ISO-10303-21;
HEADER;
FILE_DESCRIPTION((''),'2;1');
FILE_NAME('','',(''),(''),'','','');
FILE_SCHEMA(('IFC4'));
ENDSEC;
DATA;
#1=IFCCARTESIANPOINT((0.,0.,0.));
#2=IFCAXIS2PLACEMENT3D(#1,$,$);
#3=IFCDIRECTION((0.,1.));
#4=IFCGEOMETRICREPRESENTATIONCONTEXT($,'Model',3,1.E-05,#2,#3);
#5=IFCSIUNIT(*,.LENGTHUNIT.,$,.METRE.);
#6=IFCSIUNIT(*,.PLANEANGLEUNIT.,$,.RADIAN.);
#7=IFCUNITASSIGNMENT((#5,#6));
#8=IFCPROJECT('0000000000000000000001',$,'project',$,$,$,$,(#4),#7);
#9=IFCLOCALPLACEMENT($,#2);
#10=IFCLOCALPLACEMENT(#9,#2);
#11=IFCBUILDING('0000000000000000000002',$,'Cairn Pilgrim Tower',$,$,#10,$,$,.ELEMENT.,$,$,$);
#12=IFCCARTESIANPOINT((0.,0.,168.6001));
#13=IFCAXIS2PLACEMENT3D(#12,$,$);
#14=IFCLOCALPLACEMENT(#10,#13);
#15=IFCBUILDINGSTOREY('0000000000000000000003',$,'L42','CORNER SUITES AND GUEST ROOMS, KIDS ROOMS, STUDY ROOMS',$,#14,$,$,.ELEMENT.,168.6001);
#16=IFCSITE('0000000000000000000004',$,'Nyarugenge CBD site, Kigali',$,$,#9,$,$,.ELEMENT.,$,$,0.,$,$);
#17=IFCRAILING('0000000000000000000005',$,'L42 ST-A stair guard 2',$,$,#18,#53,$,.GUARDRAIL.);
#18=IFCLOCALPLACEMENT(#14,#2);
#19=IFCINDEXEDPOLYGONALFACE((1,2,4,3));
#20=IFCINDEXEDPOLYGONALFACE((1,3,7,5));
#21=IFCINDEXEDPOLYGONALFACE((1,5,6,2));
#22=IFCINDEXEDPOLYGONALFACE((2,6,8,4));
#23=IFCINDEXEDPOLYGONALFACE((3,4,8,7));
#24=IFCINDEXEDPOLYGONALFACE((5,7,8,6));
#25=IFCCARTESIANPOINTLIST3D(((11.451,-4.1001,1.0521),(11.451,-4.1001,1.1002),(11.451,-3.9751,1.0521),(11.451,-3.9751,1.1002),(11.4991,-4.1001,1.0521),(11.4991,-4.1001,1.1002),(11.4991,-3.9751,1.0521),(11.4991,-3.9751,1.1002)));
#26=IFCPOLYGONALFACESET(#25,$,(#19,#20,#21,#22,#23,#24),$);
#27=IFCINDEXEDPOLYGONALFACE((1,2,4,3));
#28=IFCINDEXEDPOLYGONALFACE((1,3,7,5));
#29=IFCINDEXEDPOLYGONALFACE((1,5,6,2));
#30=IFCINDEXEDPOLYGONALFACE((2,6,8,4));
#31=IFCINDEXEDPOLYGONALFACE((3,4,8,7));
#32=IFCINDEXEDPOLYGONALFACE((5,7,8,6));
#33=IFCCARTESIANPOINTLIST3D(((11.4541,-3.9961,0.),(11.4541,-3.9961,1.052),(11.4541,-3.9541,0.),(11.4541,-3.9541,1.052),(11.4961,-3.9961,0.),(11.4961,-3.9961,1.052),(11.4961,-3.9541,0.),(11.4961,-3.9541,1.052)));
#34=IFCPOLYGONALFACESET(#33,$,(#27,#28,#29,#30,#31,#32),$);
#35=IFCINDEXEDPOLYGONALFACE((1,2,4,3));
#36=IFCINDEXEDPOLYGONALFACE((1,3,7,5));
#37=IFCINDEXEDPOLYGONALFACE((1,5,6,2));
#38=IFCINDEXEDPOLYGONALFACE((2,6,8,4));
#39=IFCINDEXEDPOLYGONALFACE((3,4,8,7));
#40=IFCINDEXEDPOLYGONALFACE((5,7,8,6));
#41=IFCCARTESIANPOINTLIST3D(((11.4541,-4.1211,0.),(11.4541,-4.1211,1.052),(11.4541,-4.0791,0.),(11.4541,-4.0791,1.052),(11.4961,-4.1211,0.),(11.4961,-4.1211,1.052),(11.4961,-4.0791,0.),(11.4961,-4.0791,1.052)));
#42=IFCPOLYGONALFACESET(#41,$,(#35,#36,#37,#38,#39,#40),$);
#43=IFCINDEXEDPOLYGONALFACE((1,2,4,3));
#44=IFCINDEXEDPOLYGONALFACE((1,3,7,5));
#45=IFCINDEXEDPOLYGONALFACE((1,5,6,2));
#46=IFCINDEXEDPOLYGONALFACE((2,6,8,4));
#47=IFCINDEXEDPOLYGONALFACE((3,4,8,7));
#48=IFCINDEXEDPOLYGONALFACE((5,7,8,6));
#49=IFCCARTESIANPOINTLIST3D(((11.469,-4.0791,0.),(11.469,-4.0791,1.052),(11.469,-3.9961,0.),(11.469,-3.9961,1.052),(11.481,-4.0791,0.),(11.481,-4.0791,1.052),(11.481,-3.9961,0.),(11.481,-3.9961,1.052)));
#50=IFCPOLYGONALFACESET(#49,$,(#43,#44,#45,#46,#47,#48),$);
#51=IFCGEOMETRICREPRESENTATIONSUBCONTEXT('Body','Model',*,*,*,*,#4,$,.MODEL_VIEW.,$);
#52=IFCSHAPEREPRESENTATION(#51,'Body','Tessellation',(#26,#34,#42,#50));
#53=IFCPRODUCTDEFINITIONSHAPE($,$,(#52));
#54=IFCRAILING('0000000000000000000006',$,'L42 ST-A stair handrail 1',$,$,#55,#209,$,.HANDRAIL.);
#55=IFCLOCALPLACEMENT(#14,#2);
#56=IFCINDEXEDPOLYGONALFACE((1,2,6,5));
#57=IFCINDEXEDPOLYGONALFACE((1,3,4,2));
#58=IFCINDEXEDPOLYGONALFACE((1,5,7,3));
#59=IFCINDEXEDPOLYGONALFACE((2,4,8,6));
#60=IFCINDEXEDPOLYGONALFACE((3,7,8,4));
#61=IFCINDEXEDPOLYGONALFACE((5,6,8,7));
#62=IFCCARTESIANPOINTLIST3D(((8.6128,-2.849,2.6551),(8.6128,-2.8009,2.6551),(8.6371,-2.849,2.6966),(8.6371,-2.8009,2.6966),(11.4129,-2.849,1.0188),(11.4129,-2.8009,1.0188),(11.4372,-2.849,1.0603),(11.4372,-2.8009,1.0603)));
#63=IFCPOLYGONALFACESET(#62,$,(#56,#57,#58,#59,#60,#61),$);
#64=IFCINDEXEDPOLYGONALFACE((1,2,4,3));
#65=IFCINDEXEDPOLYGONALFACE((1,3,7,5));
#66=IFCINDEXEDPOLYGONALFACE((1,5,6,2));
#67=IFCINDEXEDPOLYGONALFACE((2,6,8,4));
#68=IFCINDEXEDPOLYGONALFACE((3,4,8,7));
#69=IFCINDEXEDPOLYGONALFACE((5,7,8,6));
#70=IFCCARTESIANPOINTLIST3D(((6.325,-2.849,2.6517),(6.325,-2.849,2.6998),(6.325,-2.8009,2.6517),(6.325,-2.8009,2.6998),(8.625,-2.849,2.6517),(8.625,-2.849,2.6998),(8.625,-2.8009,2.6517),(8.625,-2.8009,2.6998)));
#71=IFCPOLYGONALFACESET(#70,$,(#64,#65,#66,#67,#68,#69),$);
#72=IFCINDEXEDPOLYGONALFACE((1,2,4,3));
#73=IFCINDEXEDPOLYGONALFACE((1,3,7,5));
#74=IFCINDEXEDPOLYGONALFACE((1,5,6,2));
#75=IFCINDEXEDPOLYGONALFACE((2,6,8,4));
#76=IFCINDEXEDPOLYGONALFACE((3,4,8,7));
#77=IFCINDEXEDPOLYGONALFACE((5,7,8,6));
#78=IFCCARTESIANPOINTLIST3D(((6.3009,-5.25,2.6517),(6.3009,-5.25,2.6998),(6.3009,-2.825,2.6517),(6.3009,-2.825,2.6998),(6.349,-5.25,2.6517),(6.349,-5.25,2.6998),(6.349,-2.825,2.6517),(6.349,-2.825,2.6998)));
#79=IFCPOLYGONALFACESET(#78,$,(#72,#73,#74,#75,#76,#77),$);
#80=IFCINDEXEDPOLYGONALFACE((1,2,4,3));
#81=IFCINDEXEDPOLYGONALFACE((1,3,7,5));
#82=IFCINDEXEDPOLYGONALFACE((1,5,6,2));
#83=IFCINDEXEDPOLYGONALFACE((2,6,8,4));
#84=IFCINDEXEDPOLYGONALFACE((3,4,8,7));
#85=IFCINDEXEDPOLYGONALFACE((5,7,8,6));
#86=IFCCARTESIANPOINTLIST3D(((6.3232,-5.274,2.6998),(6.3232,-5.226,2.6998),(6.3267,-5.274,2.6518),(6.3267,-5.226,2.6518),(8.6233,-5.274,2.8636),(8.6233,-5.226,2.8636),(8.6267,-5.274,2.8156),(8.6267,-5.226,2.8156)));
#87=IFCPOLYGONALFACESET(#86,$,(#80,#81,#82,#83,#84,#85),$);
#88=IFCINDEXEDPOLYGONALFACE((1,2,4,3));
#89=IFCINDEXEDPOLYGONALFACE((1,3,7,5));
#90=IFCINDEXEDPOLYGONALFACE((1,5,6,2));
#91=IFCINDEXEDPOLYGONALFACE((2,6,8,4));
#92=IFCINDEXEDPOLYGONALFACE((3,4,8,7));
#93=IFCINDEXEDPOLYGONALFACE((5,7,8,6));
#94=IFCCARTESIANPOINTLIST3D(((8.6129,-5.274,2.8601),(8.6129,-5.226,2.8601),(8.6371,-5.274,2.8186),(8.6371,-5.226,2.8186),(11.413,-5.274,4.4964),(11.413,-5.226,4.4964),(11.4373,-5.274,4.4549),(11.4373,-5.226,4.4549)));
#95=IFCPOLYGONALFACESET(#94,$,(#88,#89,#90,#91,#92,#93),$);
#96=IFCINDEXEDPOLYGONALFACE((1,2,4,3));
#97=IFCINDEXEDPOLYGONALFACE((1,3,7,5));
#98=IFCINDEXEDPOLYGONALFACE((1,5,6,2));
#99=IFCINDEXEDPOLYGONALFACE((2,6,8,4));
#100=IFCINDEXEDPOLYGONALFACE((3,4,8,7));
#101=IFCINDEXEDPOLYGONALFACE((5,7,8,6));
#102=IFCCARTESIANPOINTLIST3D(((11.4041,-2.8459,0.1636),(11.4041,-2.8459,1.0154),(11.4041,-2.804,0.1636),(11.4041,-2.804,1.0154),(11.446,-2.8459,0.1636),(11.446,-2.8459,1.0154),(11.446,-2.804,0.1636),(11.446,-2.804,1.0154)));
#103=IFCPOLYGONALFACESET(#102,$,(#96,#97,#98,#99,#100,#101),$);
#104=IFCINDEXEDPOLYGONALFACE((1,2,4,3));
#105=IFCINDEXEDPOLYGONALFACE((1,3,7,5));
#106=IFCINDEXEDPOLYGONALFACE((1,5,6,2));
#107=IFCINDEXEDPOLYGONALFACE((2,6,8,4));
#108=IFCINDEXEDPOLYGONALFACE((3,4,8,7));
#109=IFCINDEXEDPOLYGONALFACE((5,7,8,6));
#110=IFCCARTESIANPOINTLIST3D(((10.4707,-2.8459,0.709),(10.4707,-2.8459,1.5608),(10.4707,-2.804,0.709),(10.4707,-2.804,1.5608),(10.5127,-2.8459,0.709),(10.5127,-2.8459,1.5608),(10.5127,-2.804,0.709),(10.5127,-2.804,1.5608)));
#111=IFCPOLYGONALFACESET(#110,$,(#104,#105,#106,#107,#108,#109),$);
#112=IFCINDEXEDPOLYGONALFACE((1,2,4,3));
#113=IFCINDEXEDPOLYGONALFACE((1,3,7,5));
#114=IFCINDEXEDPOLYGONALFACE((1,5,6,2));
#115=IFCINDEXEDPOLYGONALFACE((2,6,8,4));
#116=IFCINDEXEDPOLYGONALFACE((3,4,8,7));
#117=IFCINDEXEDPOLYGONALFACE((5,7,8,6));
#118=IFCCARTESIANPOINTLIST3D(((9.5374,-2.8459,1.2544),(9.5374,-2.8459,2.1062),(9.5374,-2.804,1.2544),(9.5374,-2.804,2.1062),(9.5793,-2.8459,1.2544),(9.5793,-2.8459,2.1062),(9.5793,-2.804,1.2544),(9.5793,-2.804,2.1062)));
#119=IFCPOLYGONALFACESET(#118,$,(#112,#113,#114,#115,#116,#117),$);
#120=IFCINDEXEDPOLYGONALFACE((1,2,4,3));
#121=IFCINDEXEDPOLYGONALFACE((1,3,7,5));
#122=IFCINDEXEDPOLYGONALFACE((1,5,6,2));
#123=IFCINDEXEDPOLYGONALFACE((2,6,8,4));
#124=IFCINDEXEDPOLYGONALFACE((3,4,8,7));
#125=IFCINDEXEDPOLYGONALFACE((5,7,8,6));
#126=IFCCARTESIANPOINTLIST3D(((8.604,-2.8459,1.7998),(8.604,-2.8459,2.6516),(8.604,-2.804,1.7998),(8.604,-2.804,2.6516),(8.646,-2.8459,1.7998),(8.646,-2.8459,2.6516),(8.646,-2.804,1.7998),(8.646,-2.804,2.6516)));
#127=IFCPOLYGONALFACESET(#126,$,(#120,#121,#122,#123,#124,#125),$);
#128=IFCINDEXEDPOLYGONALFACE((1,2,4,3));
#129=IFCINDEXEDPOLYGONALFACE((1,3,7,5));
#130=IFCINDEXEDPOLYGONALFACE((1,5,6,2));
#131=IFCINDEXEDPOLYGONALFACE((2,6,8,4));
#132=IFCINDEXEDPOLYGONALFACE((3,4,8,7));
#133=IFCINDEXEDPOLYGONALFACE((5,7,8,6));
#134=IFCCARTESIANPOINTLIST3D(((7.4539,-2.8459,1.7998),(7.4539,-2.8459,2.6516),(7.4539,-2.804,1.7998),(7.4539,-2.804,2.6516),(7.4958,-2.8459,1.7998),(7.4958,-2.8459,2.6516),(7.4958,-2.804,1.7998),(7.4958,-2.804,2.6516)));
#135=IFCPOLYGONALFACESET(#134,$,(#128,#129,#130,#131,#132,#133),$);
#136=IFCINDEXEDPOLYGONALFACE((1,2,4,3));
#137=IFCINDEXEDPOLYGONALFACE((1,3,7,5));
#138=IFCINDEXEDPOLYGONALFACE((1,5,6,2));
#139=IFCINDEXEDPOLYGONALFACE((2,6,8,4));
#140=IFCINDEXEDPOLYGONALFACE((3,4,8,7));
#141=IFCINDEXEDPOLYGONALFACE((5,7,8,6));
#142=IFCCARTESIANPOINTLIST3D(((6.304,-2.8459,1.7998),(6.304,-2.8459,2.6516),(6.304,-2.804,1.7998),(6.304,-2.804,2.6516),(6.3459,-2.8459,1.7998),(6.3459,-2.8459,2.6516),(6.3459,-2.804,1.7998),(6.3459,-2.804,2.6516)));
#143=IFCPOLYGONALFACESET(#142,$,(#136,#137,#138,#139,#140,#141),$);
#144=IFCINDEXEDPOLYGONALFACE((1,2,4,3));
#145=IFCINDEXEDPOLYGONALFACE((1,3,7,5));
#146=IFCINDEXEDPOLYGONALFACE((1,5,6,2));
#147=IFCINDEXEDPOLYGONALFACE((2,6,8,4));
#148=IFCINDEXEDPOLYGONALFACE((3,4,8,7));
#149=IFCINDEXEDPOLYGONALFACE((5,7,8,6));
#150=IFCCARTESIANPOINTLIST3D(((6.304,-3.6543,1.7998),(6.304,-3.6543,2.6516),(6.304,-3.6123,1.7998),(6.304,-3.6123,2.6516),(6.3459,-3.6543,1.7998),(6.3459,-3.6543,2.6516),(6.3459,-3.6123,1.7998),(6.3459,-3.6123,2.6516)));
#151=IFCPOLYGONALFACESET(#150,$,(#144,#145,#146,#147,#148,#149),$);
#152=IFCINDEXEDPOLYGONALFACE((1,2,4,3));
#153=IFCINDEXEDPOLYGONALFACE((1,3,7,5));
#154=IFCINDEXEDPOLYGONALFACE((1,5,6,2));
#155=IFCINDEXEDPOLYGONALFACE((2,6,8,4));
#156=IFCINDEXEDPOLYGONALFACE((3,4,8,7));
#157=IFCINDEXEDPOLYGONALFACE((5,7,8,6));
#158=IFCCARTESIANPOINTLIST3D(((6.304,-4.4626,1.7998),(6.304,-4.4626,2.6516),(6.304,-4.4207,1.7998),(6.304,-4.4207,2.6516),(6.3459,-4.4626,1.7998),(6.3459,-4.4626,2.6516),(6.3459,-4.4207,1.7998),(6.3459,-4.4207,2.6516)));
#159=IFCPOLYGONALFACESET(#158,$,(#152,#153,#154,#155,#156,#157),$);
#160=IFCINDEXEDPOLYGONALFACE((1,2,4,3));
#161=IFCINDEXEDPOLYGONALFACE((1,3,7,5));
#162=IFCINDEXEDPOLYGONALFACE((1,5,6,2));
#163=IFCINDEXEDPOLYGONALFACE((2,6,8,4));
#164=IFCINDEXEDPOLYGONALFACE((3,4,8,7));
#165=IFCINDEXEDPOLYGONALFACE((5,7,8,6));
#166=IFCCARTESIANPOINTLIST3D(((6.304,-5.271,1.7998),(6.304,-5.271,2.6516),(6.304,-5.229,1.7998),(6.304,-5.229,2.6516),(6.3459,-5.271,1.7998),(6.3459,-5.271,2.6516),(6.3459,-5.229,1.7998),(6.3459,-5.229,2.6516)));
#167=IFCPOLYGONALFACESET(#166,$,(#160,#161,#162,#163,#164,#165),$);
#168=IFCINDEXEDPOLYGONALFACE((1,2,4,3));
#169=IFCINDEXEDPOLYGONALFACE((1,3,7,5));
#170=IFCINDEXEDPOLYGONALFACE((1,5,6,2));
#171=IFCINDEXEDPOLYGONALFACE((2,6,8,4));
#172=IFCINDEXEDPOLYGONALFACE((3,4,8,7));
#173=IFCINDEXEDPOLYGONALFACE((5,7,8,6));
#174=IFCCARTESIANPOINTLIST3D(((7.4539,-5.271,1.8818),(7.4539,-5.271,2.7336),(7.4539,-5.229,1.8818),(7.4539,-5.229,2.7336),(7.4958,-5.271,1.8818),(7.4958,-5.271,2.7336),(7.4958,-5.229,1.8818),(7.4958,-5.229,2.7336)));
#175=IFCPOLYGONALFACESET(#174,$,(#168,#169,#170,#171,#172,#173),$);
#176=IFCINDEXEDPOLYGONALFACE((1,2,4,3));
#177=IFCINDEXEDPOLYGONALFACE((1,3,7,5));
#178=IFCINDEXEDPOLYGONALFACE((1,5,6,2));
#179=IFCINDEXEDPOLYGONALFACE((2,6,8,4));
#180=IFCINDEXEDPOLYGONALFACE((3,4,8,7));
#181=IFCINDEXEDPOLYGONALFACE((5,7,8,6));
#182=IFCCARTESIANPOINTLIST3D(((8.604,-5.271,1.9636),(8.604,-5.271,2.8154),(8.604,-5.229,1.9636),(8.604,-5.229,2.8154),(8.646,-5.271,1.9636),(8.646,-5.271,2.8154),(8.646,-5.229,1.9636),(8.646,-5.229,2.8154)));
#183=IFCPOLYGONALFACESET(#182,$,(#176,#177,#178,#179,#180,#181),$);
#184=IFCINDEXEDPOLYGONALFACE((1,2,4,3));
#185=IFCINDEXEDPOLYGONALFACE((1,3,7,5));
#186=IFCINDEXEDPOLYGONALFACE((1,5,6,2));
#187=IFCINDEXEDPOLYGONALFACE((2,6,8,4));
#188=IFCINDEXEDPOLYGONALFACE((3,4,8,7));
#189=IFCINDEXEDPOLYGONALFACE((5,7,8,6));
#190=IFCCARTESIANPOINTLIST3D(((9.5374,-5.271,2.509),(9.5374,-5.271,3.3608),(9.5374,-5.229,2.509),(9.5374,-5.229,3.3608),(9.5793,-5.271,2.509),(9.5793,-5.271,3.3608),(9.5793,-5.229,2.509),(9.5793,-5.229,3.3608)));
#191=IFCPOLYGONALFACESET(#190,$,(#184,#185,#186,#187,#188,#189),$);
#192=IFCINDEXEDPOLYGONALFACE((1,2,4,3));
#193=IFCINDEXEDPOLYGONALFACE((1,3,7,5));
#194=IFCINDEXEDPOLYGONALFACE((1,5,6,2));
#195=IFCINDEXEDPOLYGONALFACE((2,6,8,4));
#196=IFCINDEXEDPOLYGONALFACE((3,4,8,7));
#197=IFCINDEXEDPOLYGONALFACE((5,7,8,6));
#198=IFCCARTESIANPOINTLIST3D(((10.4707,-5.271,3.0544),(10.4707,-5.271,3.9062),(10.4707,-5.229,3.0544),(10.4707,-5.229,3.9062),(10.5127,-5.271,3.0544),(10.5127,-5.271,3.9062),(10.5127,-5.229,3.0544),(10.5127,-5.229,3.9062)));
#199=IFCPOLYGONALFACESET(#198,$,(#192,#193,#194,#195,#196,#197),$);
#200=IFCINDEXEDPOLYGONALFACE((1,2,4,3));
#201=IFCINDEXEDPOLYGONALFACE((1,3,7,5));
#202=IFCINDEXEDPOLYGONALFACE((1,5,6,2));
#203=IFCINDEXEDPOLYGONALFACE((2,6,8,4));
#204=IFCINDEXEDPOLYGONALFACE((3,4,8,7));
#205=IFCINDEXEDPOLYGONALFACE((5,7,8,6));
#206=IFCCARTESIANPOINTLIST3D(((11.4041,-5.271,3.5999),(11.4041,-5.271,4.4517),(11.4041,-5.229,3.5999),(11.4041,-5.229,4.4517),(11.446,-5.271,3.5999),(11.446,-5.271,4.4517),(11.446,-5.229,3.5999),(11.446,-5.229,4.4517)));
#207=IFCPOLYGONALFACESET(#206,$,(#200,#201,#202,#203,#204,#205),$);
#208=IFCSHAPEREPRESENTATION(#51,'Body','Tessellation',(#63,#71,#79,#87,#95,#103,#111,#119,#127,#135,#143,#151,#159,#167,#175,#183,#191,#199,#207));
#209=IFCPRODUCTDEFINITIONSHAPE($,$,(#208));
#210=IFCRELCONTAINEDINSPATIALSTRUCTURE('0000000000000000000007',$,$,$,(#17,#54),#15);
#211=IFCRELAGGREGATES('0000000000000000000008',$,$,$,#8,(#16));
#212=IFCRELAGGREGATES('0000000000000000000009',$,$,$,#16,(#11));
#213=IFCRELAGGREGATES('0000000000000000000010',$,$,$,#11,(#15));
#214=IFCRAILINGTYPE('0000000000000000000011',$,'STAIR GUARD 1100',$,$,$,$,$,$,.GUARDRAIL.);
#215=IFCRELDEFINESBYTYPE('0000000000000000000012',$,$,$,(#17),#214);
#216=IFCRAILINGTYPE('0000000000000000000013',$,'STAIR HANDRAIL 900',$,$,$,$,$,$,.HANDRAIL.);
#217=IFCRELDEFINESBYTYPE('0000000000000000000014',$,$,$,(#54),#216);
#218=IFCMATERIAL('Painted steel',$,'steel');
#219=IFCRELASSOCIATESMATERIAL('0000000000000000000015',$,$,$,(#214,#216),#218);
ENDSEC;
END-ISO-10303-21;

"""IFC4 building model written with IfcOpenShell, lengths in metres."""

from ifc_helpers import new_model, si_unit, direction, frame, origin, origin_2d, place, context, subcontext, project, spatial, polyline, rectangle, outline, extrude, material, type_object, element, save


model = new_model("IFC4")

# Units and contexts
model_context = context("Model", 3, precision=1e-05, world=origin(), true_north=direction((0.0, 1.0)))
body_context = subcontext(model_context, "Body", "Model", "MODEL_VIEW")
ifc_project = project(units=[si_unit("LENGTHUNIT", "METRE"), si_unit("PLANEANGLEUNIT", "RADIAN")], contexts=[model_context])

# Site, building, storey
site_placement = place(None, origin())
site = spatial("IfcSite", under=ifc_project, at=site_placement, Name="Nyarugenge CBD site, Kigali", CompositionType="ELEMENT", RefElevation=0.0)
building_placement = place(site_placement, origin())
building = spatial("IfcBuilding", under=site, at=building_placement, Name="Cairn Pilgrim Tower", CompositionType="ELEMENT")
storey_placement = place(building_placement, frame((0.0, 0.0, 168.6001)))
storey = spatial("IfcBuildingStorey", under=building, at=storey_placement, Name="L42", Description="CORNER SUITES AND GUEST ROOMS, KIDS ROOMS, STUDY ROOMS", CompositionType="ELEMENT", Elevation=168.6001)

# Railings
ifc_material_1 = material(Name="Painted steel", Category="steel")
railing_type_1 = type_object("IfcRailingType", Name="STAIR GUARD 1100", PredefinedType="GUARDRAIL", material=ifc_material_1)
railing_1_placement = place(storey_placement, frame((11.4751, -3.9751, 0.0)))
element("IfcRailing", 1, at=railing_1_placement, inside=storey, type_object=railing_type_1, Name="L42 ST-A stair guard 2", PredefinedType="GUARDRAIL", context=body_context, shape_type="SweptSolid", body=[
    extrude(rectangle(XDim=0.0481, YDim=0.0481, at=origin_2d()), frame((0.0, 0.0, 1.0762), z_axis=(0.0, -1.0, 0.0), x_axis=(1.0, 0.0, 0.0)), (0.0, 0.0, 1.0), 0.125),
    extrude(rectangle(XDim=0.042, YDim=0.042, at=origin_2d()), origin(), (0.0, 0.0, 1.0), 1.052),
    extrude(rectangle(XDim=0.042, YDim=0.042, at=origin_2d()), frame((0.0, -0.125, 0.0)), (0.0, 0.0, 1.0), 1.052),
    extrude(outline(polyline([(0.021, 0.0), (0.104, 0.0), (0.104, 1.052), (0.021, 1.052), (0.021, 0.0)])), frame((0.0059, 0.0, 0.0), z_axis=(-1.0, 0.0, 0.0), x_axis=(0.0, -1.0, 0.0)), (0.0, 0.0, 1.0), 0.012),
])
railing_type_2 = type_object("IfcRailingType", Name="STAIR HANDRAIL 900", PredefinedType="HANDRAIL", material=ifc_material_1)
railing_2_placement = place(storey_placement, frame((11.425, -2.825, 0.1636)))
element("IfcRailing", 2, at=railing_2_placement, inside=storey, type_object=railing_type_2, Name="L42 ST-A stair handrail 1", PredefinedType="HANDRAIL", context=body_context, shape_type="SweptSolid", body=[
    extrude(rectangle(XDim=0.0481, YDim=0.0481, at=origin_2d()), frame((0.0, 0.0, 0.876), z_axis=(-0.863394, 0.0, 0.504531), x_axis=(0.0, -1.0, 0.0)), (0.0, 0.0, 1.0), 3.2432),
    extrude(rectangle(XDim=0.0481, YDim=0.0481, at=origin_2d()), frame((-2.8, 0.0, 2.5122), z_axis=(-1.0, 0.0, 0.0), x_axis=(0.0, -1.0, 0.0)), (0.0, 0.0, 1.0), 2.3),
    extrude(rectangle(XDim=0.0481, YDim=0.0481, at=origin_2d()), frame((-5.1001, 0.0, 2.5122), z_axis=(0.0, -1.0, 0.0), x_axis=(1.0, 0.0, 0.0)), (0.0, 0.0, 1.0), 2.425),
    extrude(rectangle(XDim=0.0481, YDim=0.0481, at=origin_2d()), frame((-5.1001, -2.425, 2.5122), z_axis=(0.997473, 0.0, 0.071044), x_axis=(0.0, 1.0, 0.0)), (0.0, 0.0, 1.0), 2.3059),
    extrude(rectangle(XDim=0.0481, YDim=0.0481, at=origin_2d()), frame((-2.8, -2.425, 2.6758), z_axis=(0.863394, 0.0, 0.504531), x_axis=(0.0, 1.0, 0.0)), (0.0, 0.0, 1.0), 3.2432),
    extrude(rectangle(XDim=0.042, YDim=0.042, at=origin_2d()), origin(), (0.0, 0.0, 1.0), 0.8518),
    extrude(rectangle(XDim=0.042, YDim=0.042, at=origin_2d()), frame((-0.9333, 0.0, 0.5454)), (0.0, 0.0, 1.0), 0.8518),
    extrude(rectangle(XDim=0.042, YDim=0.042, at=origin_2d()), frame((-1.8667, 0.0, 1.0908)), (0.0, 0.0, 1.0), 0.8518),
    extrude(rectangle(XDim=0.042, YDim=0.042, at=origin_2d()), frame((-2.8, 0.0, 1.6362)), (0.0, 0.0, 1.0), 0.8518),
    extrude(rectangle(XDim=0.042, YDim=0.042, at=origin_2d()), frame((-3.9502, 0.0, 1.6362)), (0.0, 0.0, 1.0), 0.8518),
    extrude(rectangle(XDim=0.042, YDim=0.042, at=origin_2d()), frame((-5.1001, 0.0, 1.6362)), (0.0, 0.0, 1.0), 0.8518),
    extrude(rectangle(XDim=0.042, YDim=0.042, at=origin_2d()), frame((-5.1001, -0.8083, 1.6362)), (0.0, 0.0, 1.0), 0.8518),
    extrude(rectangle(XDim=0.042, YDim=0.042, at=origin_2d()), frame((-5.1001, -1.6167, 1.6362)), (0.0, 0.0, 1.0), 0.8518),
    extrude(rectangle(XDim=0.042, YDim=0.042, at=origin_2d()), frame((-5.1001, -2.425, 1.6362)), (0.0, 0.0, 1.0), 0.8518),
    extrude(rectangle(XDim=0.042, YDim=0.042, at=origin_2d()), frame((-3.9502, -2.425, 1.7183)), (0.0, 0.0, 1.0), 0.8518),
    extrude(rectangle(XDim=0.042, YDim=0.042, at=origin_2d()), frame((-2.8, -2.425, 1.8)), (0.0, 0.0, 1.0), 0.8518),
    extrude(rectangle(XDim=0.042, YDim=0.042, at=origin_2d()), frame((-1.8667, -2.425, 2.3455)), (0.0, 0.0, 1.0), 0.8518),
    extrude(rectangle(XDim=0.042, YDim=0.042, at=origin_2d()), frame((-0.9333, -2.425, 2.8909)), (0.0, 0.0, 1.0), 0.8518),
    extrude(rectangle(XDim=0.042, YDim=0.042, at=origin_2d()), frame((0.0, -2.425, 3.4363)), (0.0, 0.0, 1.0), 0.8518),
])

save(model, "model.ifc")
